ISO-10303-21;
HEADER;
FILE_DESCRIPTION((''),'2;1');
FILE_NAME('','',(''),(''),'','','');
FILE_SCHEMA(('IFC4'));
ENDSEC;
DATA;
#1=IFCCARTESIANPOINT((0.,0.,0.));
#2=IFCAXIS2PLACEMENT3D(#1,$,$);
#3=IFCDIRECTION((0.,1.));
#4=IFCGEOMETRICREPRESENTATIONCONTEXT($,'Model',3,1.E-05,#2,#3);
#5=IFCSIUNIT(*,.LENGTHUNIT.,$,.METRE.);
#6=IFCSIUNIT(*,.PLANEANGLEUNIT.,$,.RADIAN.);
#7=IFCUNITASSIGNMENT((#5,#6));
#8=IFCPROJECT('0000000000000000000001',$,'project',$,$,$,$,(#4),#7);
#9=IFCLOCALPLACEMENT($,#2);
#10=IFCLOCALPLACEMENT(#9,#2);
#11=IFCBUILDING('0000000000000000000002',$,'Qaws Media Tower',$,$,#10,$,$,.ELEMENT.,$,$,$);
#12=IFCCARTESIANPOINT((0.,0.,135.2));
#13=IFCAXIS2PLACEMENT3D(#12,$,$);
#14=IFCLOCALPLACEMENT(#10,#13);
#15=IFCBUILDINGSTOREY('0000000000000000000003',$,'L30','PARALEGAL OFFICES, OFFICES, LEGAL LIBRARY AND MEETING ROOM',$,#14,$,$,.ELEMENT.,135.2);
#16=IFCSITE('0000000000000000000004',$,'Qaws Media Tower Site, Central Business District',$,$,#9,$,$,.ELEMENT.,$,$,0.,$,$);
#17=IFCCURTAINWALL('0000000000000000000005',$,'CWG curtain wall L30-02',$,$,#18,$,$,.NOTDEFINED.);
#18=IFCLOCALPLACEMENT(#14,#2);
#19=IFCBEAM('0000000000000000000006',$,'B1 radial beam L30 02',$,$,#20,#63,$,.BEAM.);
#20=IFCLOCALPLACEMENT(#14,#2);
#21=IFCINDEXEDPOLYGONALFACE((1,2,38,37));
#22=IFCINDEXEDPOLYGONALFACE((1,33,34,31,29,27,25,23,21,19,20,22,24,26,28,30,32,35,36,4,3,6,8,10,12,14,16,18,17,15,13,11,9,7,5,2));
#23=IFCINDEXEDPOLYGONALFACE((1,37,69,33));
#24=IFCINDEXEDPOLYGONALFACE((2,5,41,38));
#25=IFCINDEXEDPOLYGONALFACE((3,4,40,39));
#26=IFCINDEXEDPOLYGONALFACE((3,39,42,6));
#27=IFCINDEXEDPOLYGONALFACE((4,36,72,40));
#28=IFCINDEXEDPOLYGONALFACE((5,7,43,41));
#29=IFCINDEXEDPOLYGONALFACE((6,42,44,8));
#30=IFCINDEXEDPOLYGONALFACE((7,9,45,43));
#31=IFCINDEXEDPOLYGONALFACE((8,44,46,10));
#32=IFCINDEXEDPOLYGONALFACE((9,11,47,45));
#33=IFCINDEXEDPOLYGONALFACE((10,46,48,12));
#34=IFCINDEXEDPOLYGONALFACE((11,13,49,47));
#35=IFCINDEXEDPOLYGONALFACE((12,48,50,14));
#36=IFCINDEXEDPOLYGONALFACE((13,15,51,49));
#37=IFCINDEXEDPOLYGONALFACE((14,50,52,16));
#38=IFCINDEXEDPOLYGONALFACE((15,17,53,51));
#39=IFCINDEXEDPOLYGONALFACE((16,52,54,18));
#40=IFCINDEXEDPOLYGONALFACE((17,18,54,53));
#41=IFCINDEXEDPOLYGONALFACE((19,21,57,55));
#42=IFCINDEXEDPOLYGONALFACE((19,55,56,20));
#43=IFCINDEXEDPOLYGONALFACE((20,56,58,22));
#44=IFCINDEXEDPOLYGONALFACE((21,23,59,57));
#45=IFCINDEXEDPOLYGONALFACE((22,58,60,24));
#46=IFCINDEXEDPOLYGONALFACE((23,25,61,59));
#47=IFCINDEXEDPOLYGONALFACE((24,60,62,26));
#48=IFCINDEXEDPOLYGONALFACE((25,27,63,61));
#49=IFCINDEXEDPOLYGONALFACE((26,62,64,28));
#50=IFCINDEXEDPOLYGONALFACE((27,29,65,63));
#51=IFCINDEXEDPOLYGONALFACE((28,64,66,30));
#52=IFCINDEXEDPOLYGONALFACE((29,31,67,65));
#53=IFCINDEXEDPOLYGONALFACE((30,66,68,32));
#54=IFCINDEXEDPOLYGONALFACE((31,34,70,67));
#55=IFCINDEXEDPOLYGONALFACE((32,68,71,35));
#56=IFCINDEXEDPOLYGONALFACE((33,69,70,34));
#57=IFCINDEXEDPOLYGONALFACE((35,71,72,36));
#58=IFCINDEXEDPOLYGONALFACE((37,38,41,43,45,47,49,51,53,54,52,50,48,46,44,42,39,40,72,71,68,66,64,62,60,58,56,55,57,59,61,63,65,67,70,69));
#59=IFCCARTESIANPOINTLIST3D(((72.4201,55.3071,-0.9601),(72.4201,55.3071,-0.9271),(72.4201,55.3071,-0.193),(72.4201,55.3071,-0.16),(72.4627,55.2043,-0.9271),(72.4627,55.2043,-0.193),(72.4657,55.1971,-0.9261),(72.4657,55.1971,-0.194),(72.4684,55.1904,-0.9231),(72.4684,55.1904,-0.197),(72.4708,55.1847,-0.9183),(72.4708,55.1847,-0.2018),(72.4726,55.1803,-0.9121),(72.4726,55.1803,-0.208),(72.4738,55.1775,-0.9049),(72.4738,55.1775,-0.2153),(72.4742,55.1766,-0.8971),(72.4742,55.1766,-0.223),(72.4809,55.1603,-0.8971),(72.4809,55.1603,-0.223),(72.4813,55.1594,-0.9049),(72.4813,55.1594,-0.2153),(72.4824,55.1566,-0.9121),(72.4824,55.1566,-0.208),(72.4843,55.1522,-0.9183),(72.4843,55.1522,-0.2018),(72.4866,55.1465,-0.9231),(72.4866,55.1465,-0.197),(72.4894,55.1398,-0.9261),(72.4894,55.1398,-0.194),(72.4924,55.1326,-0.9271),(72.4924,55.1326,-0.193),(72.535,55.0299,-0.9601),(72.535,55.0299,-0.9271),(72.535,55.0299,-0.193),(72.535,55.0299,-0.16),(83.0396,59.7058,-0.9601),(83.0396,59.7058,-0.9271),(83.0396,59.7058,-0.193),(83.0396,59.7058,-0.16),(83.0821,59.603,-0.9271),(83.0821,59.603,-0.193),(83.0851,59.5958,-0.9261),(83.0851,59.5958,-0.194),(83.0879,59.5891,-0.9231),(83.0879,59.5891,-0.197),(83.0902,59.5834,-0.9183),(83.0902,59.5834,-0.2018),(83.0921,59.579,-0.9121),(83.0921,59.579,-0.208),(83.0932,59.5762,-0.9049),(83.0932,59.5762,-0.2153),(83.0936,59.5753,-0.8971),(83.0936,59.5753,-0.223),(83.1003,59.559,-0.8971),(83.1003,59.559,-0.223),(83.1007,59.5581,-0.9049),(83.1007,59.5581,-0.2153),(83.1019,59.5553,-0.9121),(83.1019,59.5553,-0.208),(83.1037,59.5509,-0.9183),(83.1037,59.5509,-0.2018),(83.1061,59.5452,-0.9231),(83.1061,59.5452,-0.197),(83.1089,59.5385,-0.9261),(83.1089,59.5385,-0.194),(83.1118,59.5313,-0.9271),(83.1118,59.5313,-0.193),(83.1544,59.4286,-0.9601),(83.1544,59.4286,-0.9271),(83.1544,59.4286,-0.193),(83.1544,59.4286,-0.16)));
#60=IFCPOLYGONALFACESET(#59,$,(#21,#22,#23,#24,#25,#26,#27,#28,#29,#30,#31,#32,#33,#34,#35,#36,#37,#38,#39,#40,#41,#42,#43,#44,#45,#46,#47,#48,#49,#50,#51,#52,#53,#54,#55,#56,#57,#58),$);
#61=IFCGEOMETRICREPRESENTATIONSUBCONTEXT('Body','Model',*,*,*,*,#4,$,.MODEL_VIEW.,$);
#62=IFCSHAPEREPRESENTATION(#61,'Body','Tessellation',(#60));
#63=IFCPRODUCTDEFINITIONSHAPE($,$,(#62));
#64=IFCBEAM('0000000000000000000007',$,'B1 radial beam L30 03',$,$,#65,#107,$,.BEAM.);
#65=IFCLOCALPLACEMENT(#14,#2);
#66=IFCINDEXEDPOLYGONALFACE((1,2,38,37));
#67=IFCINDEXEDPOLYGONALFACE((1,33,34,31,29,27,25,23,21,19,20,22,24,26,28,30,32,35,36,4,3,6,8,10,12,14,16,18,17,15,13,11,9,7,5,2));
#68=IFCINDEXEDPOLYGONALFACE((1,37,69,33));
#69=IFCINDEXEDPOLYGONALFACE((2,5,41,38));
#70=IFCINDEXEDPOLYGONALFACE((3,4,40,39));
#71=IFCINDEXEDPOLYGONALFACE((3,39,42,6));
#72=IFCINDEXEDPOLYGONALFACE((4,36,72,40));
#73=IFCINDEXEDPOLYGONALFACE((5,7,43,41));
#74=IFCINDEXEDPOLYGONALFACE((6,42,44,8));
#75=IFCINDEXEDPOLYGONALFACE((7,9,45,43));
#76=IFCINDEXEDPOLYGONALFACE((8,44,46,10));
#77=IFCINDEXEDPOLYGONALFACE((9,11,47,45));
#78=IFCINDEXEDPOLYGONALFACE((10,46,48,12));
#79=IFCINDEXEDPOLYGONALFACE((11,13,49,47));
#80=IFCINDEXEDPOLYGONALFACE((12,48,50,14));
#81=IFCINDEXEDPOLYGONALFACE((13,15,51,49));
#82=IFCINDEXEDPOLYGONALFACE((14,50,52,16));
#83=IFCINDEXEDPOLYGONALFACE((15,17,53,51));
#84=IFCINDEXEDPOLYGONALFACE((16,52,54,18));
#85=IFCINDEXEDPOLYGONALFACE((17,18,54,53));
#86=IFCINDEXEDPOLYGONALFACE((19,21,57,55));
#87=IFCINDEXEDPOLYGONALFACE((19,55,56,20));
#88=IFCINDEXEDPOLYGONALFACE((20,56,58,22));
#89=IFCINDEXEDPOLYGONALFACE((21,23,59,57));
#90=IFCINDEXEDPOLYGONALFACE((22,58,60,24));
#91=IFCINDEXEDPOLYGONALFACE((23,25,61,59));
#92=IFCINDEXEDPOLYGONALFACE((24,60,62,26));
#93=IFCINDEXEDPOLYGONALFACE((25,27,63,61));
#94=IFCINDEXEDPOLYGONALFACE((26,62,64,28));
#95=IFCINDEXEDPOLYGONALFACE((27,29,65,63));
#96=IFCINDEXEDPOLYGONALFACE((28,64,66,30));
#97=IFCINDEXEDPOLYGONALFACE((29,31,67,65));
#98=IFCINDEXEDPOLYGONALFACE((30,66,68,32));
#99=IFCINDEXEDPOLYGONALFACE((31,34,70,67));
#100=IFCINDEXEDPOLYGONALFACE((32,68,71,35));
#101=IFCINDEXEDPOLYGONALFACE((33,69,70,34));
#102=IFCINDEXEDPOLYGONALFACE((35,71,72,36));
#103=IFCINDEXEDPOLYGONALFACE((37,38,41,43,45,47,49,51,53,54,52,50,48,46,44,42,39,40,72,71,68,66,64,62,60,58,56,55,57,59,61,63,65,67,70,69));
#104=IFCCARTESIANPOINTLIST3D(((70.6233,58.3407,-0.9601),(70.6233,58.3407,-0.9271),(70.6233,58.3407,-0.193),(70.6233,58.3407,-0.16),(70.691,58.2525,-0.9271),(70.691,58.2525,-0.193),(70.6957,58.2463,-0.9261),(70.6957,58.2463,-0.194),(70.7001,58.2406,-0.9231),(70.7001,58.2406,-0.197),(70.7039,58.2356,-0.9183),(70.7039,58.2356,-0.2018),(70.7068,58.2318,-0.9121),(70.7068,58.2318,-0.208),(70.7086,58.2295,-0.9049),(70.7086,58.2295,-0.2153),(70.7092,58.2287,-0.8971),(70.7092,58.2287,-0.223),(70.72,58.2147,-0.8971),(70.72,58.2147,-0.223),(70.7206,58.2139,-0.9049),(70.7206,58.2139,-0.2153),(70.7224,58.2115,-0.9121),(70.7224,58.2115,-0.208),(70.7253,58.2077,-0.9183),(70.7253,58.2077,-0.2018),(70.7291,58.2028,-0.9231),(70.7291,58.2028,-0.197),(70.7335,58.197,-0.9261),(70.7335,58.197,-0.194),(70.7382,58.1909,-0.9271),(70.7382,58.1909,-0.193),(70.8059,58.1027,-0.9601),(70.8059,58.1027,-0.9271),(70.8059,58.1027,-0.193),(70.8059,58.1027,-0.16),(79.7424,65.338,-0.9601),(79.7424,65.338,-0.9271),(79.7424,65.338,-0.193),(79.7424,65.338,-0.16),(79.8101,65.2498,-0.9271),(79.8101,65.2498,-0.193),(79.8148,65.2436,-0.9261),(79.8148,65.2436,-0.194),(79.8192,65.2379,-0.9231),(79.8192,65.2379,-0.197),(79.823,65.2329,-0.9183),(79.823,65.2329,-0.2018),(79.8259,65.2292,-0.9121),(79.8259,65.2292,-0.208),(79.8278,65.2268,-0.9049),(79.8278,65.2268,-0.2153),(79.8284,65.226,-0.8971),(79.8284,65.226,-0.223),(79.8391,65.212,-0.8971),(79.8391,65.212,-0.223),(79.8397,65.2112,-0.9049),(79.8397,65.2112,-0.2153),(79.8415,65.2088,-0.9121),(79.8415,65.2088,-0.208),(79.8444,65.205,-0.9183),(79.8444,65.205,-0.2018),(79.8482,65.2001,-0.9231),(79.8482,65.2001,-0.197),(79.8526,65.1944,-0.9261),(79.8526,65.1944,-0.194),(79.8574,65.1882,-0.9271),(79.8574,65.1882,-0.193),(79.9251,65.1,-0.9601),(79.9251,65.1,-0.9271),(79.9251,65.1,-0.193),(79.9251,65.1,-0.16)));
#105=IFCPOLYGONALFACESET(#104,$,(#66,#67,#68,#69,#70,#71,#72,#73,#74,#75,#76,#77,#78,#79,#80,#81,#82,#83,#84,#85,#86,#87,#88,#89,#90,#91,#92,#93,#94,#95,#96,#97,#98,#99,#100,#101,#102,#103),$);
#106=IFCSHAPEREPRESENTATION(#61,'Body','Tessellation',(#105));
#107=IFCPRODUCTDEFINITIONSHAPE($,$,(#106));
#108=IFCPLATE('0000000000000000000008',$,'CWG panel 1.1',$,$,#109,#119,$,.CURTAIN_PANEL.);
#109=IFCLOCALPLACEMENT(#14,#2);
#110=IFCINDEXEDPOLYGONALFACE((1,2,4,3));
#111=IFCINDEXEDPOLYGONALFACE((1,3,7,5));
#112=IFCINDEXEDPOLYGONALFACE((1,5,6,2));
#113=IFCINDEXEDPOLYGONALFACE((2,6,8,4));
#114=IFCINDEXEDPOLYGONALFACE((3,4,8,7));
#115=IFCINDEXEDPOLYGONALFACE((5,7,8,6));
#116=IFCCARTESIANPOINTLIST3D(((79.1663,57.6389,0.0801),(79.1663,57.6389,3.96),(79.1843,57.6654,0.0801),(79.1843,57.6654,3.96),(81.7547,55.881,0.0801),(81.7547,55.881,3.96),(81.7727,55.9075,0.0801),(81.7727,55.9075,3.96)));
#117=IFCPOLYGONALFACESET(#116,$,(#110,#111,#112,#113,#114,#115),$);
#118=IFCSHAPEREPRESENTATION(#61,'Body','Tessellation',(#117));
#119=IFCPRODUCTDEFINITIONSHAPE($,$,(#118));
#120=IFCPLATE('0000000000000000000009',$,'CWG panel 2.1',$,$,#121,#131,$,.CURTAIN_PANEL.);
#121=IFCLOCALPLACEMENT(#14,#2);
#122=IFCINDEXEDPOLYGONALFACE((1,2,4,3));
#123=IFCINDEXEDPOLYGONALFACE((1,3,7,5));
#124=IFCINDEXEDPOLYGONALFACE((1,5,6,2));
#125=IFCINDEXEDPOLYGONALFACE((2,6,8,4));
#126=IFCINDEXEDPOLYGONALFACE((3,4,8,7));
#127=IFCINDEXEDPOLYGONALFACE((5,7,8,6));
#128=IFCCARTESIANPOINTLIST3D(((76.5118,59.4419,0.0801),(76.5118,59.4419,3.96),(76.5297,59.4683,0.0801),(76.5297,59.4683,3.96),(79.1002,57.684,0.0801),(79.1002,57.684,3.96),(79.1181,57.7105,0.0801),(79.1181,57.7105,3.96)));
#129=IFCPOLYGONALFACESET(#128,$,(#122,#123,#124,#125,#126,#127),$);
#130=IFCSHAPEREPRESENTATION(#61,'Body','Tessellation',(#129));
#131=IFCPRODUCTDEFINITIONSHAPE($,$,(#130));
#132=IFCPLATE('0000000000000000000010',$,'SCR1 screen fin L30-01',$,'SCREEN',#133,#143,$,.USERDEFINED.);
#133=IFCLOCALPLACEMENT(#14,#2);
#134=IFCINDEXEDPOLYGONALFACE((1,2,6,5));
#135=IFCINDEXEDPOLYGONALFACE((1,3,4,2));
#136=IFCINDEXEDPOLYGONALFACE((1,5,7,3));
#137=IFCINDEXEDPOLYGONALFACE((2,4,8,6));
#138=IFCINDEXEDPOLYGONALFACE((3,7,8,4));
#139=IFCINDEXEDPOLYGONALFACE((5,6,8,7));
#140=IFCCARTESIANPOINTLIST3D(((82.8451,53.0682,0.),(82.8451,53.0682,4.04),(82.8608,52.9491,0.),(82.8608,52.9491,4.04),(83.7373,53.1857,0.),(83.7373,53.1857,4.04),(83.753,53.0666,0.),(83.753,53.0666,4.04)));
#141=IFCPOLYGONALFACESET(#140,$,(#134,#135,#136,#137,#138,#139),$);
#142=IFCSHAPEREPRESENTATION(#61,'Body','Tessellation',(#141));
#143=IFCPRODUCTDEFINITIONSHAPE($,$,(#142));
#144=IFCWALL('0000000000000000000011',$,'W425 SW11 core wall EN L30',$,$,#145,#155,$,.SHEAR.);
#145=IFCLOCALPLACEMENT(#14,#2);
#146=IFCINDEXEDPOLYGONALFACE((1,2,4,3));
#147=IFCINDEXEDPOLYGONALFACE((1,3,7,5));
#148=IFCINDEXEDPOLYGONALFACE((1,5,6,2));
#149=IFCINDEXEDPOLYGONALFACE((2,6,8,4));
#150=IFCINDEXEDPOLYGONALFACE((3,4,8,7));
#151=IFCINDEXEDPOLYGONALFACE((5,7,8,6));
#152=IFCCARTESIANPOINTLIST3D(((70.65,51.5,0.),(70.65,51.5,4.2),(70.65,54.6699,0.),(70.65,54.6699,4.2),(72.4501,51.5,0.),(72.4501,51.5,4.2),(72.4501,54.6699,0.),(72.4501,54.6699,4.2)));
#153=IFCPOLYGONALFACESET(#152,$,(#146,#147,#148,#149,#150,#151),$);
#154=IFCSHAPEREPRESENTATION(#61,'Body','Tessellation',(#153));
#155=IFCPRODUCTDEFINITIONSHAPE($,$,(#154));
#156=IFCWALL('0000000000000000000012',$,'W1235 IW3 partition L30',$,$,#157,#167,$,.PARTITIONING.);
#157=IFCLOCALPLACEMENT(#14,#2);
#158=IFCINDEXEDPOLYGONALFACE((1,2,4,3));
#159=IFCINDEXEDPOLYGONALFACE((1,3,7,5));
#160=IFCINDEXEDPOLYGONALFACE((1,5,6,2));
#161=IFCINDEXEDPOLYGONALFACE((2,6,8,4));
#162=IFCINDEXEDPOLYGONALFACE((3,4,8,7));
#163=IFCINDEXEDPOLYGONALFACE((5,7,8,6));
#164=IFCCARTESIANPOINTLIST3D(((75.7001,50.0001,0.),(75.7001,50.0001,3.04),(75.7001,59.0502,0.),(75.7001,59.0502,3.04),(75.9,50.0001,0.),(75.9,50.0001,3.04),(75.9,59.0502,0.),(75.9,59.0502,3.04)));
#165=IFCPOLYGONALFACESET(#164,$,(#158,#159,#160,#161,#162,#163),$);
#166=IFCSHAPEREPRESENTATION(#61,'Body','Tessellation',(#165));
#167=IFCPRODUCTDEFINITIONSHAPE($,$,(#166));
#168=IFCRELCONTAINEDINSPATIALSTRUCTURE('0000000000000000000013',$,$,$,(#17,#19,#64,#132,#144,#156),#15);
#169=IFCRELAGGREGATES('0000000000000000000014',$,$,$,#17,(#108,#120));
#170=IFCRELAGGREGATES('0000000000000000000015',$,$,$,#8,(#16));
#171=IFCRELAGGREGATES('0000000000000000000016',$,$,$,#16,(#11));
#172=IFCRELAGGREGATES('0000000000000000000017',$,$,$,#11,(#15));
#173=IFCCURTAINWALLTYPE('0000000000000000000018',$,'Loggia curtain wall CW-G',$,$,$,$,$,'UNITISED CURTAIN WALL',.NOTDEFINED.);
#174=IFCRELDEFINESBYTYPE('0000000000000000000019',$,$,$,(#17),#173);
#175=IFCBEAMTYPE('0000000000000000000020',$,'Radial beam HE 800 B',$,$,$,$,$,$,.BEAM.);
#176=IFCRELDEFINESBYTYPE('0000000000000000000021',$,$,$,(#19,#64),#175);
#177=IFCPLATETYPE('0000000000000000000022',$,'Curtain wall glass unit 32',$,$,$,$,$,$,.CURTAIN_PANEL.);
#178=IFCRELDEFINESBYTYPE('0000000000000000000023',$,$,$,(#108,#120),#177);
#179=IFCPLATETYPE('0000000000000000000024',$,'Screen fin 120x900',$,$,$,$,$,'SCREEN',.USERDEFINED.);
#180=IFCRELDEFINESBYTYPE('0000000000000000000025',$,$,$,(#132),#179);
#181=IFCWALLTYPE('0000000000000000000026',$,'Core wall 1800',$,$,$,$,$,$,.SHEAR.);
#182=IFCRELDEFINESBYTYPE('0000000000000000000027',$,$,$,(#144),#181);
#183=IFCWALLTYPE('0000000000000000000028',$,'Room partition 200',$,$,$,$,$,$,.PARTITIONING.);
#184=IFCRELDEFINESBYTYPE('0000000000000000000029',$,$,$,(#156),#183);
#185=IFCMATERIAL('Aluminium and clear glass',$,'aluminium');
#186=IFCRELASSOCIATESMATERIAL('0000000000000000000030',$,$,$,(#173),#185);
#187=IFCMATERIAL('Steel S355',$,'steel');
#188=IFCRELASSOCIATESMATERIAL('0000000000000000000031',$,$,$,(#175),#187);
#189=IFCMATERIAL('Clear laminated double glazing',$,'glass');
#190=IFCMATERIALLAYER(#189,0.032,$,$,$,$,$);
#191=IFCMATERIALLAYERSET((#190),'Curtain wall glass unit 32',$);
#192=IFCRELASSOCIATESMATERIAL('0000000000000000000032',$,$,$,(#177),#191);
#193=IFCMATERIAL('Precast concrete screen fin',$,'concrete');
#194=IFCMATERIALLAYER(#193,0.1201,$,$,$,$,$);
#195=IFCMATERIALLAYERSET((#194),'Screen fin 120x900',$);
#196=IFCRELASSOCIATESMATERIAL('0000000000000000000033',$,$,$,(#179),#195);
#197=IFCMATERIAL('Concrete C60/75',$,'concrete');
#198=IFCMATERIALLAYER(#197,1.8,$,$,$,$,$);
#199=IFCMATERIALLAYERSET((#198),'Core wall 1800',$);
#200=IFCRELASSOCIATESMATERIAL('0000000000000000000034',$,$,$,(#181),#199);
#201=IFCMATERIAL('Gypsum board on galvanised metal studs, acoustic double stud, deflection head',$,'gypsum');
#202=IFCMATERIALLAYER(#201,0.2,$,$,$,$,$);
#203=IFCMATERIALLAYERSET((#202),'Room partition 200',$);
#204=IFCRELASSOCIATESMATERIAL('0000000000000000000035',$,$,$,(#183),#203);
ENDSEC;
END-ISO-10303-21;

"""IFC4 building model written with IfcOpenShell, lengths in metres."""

from ifc_helpers import new_model, si_unit, direction, frame, frame_2d, origin, origin_2d, place, context, subcontext, project, spatial, rectangle, i_section, extrude, material, layer, layer_set, material_profile, profile_set, type_object, element, aggregate, save


model = new_model("IFC4")

# Units and contexts
model_context = context("Model", 3, precision=1e-05, world=origin(), true_north=direction((0.0, 1.0)))
body_context = subcontext(model_context, "Body", "Model", "MODEL_VIEW")
ifc_project = project(units=[si_unit("LENGTHUNIT", "METRE"), si_unit("PLANEANGLEUNIT", "RADIAN")], contexts=[model_context])

# Site, building, storey
site_placement = place(None, origin())
site = spatial("IfcSite", under=ifc_project, at=site_placement, Name="Qaws Media Tower Site, Central Business District", CompositionType="ELEMENT", RefElevation=0.0)
building_placement = place(site_placement, origin())
building = spatial("IfcBuilding", under=site, at=building_placement, Name="Qaws Media Tower", CompositionType="ELEMENT")
storey_placement = place(building_placement, frame((0.0, 0.0, 135.2)))
storey = spatial("IfcBuildingStorey", under=building, at=storey_placement, Name="L30", Description="PARALEGAL OFFICES, OFFICES, LEGAL LIBRARY AND MEETING ROOM", CompositionType="ELEMENT", Elevation=135.2)

# Curtain wall
ifc_material_1 = material(Name="Aluminium and clear glass", Category="aluminium")
curtain_wall_type_1 = type_object("IfcCurtainWallType", Name="Loggia curtain wall CW-G", ElementType="UNITISED CURTAIN WALL", PredefinedType="NOTDEFINED", material=ifc_material_1)
curtain_wall_1_placement = place(storey_placement, origin())
curtain_wall_1 = element("IfcCurtainWall", 1, at=curtain_wall_1_placement, inside=storey, type_object=curtain_wall_type_1, Name="CWG curtain wall L30-02", PredefinedType="NOTDEFINED")

# Beams
ifc_material_2 = material(Name="Steel S355", Category="steel")
ifc_material_profile_1 = material_profile(ifc_material_2, i_section(OverallWidth=0.3, OverallDepth=0.8, WebThickness=0.0176, FlangeThickness=0.033, FilletRadius=0.03, at=origin_2d()), Name="HE 800 B")
ifc_profile_set_1 = profile_set([ifc_material_profile_1], Name="Steel S355")
beam_type_1 = type_object("IfcBeamType", Name="Radial beam HE 800 B", PredefinedType="BEAM", material=ifc_profile_set_1)
for number, where, z_axis, x_axis, name in (
    (2, (72.4775, 55.1685, -0.5601), (0.92388, 0.382683, 0.0), (-0.382683, 0.92388, 0.0), "B1 radial beam L30 02"),
    (3, (70.7146, 58.2217, -0.5601), (0.793355, 0.608759, 0.0), (-0.608759, 0.793355, 0.0), "B1 radial beam L30 03"),
):
    element("IfcBeam", number, at=place(storey_placement, frame(where, z_axis=z_axis, x_axis=x_axis)), inside=storey, type_object=beam_type_1, Name=name, PredefinedType="BEAM", context=body_context, shape_type="SweptSolid", body=[
        extrude(i_section(OverallWidth=0.3, OverallDepth=0.8, WebThickness=0.0176, FlangeThickness=0.033, FilletRadius=0.03, at=origin_2d()), origin(), (0.0, 0.0, 1.0), 11.4944),
    ])

# Plates
ifc_material_3 = material(Name="Clear laminated double glazing", Category="glass")
ifc_layer_1 = layer(ifc_material_3, 0.032)
ifc_layer_set_1 = layer_set([ifc_layer_1], Name="Curtain wall glass unit 32")
plate_type_1 = type_object("IfcPlateType", Name="Curtain wall glass unit 32", PredefinedType="CURTAIN_PANEL", material=ifc_layer_set_1)
plate_1_placement = place(storey_placement, frame((80.4695, 56.7732, 0.0801), z_axis=(0.0, 0.0, 1.0), x_axis=(-0.827256, 0.561825, 0.0)))
plate_1 = element("IfcPlate", 4, at=plate_1_placement, type_object=plate_type_1, Name="CWG panel 1.1", PredefinedType="CURTAIN_PANEL", context=body_context, shape_type="SweptSolid", body=[
    extrude(rectangle(XDim=3.1289, YDim=0.032, at=origin_2d()), origin(), (0.0, 0.0, 1.0), 3.8799),
])
plate_2_placement = place(storey_placement, frame((77.8149, 58.5762, 0.0801), z_axis=(0.0, 0.0, 1.0), x_axis=(-0.827256, 0.561825, 0.0)))
plate_2 = element("IfcPlate", 5, at=plate_2_placement, type_object=plate_type_1, Name="CWG panel 2.1", PredefinedType="CURTAIN_PANEL", context=body_context, shape_type="SweptSolid", body=[
    extrude(rectangle(XDim=3.1289, YDim=0.032, at=origin_2d()), origin(), (0.0, 0.0, 1.0), 3.8799),
])
aggregate(curtain_wall_1, [plate_1, plate_2])
ifc_material_4 = material(Name="Precast concrete screen fin", Category="concrete")
ifc_layer_2 = layer(ifc_material_4, 0.1201)
ifc_layer_set_2 = layer_set([ifc_layer_2], Name="Screen fin 120x900")
plate_type_2 = type_object("IfcPlateType", Name="Screen fin 120x900", ElementType="SCREEN", PredefinedType="USERDEFINED", material=ifc_layer_set_2)
plate_3_placement = place(storey_placement, frame((83.2991, 53.0674, 0.0), z_axis=(0.0, 0.0, 1.0), x_axis=(0.991445, 0.130526, 0.0)))
element("IfcPlate", 6, at=plate_3_placement, inside=storey, type_object=plate_type_2, Name="SCR1 screen fin L30-01", ObjectType="SCREEN", PredefinedType="USERDEFINED", context=body_context, shape_type="SweptSolid", body=[
    extrude(rectangle(XDim=0.8999, YDim=0.1201, at=origin_2d()), origin(), (0.0, 0.0, 1.0), 4.04),
])

# Walls
ifc_material_5 = material(Name="Concrete C60/75", Category="concrete")
ifc_layer_3 = layer(ifc_material_5, 1.8)
ifc_layer_set_3 = layer_set([ifc_layer_3], Name="Core wall 1800")
wall_type_1 = type_object("IfcWallType", Name="Core wall 1800", PredefinedType="SHEAR", material=ifc_layer_set_3)
wall_1_placement = place(storey_placement, frame((71.55, 51.5, 0.0), z_axis=(0.0, 0.0, 1.0), x_axis=(0.0, 1.0, 0.0)))
element("IfcWall", 7, at=wall_1_placement, inside=storey, type_object=wall_type_1, Name="W425 SW11 core wall EN L30", PredefinedType="SHEAR", context=body_context, shape_type="SweptSolid", body=[
    extrude(rectangle(XDim=3.1699, YDim=1.8, at=frame_2d((1.585, 0.0))), origin(), (0.0, 0.0, 1.0), 4.2),
])
ifc_material_6 = material(Name="Gypsum board on galvanised metal studs, acoustic double stud, deflection head", Category="gypsum")
ifc_layer_4 = layer(ifc_material_6, 0.2)
ifc_layer_set_4 = layer_set([ifc_layer_4], Name="Room partition 200")
wall_type_2 = type_object("IfcWallType", Name="Room partition 200", PredefinedType="PARTITIONING", material=ifc_layer_set_4)
wall_2_placement = place(storey_placement, frame((75.8, 59.05, 0.0), z_axis=(0.0, 0.0, 1.0), x_axis=(0.0, -1.0, 0.0)))
element("IfcWall", 8, at=wall_2_placement, inside=storey, type_object=wall_type_2, Name="W1235 IW3 partition L30", PredefinedType="PARTITIONING", context=body_context, shape_type="SweptSolid", body=[
    extrude(rectangle(XDim=9.05, YDim=0.2, at=frame_2d((4.5249, 0.0))), origin(), (0.0, 0.0, 1.0), 3.04),
])

save(model, "model.ifc")
